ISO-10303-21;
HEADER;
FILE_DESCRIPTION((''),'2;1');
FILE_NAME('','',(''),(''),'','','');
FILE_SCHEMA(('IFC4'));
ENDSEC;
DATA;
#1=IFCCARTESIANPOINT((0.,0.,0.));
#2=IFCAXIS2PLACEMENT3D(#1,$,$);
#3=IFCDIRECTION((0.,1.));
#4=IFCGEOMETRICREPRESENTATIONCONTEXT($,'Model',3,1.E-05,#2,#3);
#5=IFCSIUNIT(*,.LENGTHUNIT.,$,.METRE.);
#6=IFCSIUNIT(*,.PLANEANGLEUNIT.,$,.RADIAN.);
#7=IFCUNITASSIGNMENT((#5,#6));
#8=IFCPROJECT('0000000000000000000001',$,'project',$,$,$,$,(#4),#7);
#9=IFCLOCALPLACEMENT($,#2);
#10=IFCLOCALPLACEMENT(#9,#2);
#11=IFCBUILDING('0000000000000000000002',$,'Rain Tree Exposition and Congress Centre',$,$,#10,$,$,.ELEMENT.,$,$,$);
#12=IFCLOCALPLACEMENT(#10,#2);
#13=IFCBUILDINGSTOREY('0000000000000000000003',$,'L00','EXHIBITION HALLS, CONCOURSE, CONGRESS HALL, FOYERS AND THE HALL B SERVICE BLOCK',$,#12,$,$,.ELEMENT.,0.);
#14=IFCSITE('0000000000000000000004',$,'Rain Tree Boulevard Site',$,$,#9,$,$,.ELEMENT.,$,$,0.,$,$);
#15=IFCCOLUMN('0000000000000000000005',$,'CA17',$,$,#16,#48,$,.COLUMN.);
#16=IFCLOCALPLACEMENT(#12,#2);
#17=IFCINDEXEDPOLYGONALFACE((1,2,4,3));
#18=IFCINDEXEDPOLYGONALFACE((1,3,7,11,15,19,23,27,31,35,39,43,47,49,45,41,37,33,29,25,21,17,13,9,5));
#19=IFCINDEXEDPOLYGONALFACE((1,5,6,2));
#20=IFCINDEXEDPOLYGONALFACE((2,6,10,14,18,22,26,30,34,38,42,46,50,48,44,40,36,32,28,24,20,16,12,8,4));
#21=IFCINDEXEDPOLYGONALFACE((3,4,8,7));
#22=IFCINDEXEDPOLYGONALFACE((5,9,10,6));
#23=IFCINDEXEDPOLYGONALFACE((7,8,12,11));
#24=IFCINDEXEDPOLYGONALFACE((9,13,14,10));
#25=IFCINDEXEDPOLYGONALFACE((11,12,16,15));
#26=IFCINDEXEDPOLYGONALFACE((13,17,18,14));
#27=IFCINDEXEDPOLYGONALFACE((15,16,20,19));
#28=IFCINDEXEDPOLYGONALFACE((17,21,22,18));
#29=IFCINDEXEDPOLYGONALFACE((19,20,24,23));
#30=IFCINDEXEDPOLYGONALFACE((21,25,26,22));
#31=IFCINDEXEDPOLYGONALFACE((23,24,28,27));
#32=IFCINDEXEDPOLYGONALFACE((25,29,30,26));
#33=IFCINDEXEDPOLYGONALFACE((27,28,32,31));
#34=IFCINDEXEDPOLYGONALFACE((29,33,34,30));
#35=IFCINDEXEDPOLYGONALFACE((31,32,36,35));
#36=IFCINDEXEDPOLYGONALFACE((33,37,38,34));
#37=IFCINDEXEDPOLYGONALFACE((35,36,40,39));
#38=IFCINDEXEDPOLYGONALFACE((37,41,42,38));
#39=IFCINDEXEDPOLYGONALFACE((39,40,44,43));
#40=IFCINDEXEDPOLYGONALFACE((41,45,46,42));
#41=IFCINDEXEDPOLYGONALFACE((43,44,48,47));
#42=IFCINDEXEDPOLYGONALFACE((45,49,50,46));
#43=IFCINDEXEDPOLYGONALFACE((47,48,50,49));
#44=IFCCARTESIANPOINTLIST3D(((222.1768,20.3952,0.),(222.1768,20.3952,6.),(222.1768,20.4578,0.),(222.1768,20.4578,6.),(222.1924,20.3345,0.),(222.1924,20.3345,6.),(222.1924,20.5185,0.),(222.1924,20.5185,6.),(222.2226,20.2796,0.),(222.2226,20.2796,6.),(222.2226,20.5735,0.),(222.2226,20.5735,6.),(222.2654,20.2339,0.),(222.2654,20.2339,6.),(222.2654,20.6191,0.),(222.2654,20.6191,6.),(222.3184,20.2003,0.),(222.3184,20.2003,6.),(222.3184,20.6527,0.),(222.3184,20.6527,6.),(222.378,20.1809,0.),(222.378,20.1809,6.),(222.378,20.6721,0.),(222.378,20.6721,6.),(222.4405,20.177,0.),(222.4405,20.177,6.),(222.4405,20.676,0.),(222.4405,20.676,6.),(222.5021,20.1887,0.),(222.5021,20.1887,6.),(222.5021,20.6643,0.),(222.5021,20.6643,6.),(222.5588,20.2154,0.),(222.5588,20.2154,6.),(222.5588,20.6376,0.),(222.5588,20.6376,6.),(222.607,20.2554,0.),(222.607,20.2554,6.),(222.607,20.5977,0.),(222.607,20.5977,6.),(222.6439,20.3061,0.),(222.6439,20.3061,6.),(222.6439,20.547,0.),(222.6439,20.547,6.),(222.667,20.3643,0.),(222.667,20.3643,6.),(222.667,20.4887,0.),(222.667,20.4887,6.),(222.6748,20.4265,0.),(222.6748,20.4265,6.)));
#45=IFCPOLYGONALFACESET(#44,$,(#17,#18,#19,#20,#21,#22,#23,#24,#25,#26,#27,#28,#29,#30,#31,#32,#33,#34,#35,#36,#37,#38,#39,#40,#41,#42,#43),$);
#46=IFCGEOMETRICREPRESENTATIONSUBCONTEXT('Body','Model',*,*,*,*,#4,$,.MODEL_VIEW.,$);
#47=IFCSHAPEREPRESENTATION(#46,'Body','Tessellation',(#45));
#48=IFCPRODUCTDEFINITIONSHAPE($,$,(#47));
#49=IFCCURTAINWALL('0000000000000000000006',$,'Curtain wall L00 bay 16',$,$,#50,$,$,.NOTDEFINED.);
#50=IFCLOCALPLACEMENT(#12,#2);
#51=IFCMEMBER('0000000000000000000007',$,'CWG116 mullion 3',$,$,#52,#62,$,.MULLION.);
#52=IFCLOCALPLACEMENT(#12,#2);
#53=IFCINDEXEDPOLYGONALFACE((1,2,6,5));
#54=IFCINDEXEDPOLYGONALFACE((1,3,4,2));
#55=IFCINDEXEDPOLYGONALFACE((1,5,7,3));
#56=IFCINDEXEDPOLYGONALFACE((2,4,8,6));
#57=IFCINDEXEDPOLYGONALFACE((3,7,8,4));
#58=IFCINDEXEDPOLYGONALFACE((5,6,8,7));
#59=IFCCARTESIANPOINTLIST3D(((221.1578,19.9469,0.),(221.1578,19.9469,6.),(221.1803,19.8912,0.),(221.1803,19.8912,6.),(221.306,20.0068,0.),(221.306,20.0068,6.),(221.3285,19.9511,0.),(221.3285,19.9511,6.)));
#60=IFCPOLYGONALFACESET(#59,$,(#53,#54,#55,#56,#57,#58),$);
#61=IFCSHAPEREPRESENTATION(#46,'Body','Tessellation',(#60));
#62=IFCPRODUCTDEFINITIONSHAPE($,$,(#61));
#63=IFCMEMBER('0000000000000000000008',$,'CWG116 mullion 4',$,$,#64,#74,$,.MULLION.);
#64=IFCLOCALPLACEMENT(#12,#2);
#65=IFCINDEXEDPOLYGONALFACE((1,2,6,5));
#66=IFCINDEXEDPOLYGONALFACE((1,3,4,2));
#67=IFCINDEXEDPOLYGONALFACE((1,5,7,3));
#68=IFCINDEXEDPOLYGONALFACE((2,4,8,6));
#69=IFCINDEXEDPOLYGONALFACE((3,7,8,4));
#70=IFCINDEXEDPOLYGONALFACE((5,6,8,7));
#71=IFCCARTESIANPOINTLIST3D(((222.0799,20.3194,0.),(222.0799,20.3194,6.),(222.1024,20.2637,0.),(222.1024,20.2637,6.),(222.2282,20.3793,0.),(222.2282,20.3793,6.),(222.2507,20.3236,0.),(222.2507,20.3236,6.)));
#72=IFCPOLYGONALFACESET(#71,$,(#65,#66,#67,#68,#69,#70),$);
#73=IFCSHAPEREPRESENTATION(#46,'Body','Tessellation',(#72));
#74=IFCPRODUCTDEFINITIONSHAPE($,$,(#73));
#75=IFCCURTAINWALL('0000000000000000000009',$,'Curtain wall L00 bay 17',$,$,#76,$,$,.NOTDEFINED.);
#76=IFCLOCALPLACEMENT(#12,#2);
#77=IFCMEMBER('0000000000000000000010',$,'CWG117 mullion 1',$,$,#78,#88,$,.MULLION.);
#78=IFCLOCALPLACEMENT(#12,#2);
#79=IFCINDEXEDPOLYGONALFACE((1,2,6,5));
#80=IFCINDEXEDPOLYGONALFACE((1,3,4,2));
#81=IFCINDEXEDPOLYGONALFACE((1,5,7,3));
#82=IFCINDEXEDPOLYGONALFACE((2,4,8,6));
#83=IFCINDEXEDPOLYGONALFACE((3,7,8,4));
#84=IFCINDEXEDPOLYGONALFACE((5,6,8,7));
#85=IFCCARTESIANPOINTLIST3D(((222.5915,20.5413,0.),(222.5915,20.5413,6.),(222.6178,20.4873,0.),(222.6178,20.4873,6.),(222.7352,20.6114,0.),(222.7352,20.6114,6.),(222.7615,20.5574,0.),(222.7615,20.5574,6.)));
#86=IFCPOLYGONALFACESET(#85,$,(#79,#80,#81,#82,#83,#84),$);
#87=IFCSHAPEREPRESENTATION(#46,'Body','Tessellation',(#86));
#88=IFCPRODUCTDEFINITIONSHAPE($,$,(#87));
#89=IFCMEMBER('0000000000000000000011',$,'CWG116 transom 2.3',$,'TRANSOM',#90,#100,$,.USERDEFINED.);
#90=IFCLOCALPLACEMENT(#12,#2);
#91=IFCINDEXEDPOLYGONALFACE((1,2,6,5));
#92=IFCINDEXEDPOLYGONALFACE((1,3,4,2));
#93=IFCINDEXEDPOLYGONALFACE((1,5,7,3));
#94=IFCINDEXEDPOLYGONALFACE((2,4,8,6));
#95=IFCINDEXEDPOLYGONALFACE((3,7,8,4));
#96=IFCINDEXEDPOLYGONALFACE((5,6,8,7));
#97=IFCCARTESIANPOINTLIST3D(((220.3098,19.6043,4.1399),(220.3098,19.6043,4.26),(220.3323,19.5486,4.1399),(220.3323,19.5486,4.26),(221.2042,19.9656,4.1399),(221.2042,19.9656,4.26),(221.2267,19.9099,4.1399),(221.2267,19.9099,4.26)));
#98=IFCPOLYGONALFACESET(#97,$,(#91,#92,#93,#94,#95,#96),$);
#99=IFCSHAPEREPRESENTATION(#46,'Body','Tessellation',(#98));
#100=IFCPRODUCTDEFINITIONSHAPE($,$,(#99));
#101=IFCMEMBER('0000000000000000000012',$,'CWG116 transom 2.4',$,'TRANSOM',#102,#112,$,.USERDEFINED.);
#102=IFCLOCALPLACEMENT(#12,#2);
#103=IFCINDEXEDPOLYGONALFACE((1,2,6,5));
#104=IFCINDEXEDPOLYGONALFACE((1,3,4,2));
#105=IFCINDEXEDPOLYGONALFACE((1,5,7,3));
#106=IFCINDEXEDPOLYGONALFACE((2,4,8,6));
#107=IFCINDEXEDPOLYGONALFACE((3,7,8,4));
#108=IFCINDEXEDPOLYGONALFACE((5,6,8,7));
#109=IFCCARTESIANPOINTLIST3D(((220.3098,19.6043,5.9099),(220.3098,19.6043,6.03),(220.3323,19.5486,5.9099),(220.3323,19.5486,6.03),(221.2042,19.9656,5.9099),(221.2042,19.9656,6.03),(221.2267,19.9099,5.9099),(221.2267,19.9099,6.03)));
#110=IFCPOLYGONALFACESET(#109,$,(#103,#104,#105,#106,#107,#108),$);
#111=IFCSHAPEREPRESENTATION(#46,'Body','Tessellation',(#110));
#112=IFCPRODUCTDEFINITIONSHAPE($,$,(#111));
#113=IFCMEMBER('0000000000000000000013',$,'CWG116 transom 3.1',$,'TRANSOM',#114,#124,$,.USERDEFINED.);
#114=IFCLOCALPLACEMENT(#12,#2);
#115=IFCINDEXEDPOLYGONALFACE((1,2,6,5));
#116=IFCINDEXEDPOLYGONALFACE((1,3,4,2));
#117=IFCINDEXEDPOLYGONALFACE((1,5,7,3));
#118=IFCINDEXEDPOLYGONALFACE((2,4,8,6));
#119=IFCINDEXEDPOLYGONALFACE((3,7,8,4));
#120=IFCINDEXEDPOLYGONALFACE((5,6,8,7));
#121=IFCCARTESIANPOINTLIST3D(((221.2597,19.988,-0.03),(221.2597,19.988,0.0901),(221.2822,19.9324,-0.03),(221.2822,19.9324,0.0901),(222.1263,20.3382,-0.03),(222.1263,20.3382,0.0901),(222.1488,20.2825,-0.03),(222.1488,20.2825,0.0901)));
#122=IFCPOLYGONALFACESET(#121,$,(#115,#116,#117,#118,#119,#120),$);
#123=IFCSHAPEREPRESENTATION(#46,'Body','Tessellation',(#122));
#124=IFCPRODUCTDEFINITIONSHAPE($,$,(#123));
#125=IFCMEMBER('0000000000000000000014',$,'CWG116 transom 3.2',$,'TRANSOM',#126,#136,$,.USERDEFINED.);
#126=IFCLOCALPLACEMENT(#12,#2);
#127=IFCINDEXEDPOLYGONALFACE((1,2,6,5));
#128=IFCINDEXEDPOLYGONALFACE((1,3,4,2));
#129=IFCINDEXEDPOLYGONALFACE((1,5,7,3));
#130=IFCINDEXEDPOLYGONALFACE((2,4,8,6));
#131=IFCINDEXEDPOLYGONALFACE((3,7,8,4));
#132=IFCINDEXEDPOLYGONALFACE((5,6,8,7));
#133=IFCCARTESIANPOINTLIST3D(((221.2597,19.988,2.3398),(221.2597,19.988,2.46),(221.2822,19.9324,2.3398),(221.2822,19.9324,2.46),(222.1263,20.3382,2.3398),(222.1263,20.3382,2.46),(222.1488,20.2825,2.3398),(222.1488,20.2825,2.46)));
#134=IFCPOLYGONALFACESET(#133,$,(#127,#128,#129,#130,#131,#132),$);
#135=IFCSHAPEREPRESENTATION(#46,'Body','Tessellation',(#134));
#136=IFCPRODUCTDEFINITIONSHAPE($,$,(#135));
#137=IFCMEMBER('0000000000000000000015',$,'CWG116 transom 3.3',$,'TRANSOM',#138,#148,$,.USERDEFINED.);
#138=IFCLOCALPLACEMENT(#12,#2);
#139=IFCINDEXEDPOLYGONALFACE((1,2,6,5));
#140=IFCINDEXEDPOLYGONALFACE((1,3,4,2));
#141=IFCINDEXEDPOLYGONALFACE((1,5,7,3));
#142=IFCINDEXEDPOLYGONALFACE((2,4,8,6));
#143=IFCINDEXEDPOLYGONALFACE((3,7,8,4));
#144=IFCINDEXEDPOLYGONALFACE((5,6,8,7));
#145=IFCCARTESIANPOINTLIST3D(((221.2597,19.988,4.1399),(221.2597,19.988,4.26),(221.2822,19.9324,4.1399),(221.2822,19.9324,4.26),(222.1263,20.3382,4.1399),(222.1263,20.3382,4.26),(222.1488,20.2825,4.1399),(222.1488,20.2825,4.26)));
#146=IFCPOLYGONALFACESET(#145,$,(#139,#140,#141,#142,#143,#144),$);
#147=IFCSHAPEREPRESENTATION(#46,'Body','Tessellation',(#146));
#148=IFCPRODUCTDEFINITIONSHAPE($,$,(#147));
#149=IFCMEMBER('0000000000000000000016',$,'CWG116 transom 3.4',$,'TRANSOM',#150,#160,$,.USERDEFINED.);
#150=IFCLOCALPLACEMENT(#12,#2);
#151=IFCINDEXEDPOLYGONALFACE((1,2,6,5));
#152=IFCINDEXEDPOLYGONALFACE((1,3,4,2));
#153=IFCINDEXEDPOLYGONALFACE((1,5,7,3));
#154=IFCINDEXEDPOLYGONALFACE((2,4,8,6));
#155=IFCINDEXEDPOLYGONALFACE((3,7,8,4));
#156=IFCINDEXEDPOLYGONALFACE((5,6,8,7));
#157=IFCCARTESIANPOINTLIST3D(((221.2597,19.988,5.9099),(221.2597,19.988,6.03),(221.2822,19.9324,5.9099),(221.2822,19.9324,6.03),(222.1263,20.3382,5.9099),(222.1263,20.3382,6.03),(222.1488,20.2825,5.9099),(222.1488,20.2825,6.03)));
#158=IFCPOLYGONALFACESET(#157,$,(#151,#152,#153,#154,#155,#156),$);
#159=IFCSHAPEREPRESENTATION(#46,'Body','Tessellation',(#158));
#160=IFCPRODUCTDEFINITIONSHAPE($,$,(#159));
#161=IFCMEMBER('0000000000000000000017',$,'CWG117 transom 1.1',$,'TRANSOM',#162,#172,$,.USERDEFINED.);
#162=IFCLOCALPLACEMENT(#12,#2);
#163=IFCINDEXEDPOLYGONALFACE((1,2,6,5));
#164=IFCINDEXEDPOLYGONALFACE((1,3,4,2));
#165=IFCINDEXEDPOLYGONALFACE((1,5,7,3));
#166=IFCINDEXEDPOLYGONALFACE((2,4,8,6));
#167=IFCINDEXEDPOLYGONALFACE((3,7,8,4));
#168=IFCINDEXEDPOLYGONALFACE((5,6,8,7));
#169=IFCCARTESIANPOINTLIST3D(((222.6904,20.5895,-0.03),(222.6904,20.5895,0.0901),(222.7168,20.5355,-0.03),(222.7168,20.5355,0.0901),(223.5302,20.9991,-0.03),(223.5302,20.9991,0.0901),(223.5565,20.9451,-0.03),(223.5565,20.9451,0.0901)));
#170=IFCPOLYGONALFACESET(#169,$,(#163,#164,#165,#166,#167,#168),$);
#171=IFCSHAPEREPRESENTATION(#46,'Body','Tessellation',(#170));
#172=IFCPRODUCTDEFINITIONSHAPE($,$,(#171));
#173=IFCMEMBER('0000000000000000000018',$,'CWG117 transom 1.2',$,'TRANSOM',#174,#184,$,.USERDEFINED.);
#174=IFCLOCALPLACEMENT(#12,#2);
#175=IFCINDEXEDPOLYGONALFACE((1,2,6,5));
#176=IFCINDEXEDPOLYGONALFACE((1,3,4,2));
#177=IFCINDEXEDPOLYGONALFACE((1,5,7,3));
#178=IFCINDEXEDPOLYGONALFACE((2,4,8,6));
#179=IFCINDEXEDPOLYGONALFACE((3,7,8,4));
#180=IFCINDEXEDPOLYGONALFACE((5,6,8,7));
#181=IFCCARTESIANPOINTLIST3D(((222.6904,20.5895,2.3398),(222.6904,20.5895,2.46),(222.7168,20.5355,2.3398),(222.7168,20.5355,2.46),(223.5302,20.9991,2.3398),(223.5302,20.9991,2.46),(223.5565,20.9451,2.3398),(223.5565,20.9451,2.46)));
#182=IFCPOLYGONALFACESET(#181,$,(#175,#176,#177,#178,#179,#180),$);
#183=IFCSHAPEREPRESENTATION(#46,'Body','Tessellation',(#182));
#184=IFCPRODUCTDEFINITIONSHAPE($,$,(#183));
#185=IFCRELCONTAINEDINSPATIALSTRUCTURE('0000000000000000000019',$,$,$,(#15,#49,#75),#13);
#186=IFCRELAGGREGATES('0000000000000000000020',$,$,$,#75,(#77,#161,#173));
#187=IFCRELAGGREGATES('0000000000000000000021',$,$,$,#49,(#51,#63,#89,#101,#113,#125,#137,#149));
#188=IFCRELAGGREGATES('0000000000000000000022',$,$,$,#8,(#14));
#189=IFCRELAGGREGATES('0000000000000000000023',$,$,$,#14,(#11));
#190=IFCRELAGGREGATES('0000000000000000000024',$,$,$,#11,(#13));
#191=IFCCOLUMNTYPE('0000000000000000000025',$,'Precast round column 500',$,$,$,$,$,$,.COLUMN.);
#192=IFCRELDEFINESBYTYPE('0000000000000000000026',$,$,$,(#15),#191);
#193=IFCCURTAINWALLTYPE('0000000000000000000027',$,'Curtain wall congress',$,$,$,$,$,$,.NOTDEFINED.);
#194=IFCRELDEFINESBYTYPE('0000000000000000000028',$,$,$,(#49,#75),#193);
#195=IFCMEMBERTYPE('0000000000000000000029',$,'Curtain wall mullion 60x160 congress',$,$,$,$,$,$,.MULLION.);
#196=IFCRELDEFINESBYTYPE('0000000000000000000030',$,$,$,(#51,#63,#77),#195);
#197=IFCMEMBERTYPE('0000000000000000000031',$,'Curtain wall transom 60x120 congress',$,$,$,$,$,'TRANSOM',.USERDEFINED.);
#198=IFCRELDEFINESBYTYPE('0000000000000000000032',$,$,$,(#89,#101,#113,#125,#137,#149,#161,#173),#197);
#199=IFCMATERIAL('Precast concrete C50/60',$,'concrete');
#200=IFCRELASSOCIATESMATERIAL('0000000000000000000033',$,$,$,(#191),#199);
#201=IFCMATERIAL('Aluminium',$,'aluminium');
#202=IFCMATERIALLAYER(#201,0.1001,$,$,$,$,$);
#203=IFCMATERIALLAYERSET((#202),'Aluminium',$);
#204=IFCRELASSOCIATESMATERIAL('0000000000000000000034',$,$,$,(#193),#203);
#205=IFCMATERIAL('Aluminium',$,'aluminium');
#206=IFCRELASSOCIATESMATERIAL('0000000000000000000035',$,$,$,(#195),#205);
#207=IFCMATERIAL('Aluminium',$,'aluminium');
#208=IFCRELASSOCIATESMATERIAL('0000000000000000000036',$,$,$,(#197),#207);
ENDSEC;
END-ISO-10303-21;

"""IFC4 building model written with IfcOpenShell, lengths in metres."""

from ifc_helpers import new_model, si_unit, direction, frame, origin, origin_2d, place, context, subcontext, project, spatial, rectangle, circle, extrude, material, layer, layer_set, material_profile, profile_set, type_object, element, aggregate, save


model = new_model("IFC4")

# Units and contexts
model_context = context("Model", 3, precision=1e-05, world=origin(), true_north=direction((0.0, 1.0)))
body_context = subcontext(model_context, "Body", "Model", "MODEL_VIEW")
ifc_project = project(units=[si_unit("LENGTHUNIT", "METRE"), si_unit("PLANEANGLEUNIT", "RADIAN")], contexts=[model_context])

# Site, building, storey
site_placement = place(None, origin())
site = spatial("IfcSite", under=ifc_project, at=site_placement, Name="Rain Tree Boulevard Site", CompositionType="ELEMENT", RefElevation=0.0)
building_placement = place(site_placement, origin())
building = spatial("IfcBuilding", under=site, at=building_placement, Name="Rain Tree Exposition and Congress Centre", CompositionType="ELEMENT")
storey_placement = place(building_placement, origin())
storey = spatial("IfcBuildingStorey", under=building, at=storey_placement, Name="L00", Description="EXHIBITION HALLS, CONCOURSE, CONGRESS HALL, FOYERS AND THE HALL B SERVICE BLOCK", CompositionType="ELEMENT", Elevation=0.0)

# Column
ifc_material_1 = material(Name="Precast concrete C50/60", Category="concrete")
ifc_material_profile_1 = material_profile(ifc_material_1, circle(Radius=0.25, at=origin_2d()), Name="RC D500")
ifc_profile_set_1 = profile_set([ifc_material_profile_1], Name="Precast concrete C50/60")
column_type = type_object("IfcColumnType", Name="Precast round column 500", PredefinedType="COLUMN", material=ifc_profile_set_1)
column_placement = place(storey_placement, frame((222.4248, 20.4265, 0.0), z_axis=(0.0, 0.0, 1.0), x_axis=(1.0, 0.0, 0.0)))
element("IfcColumn", 1, at=column_placement, inside=storey, type_object=column_type, Name="CA17", PredefinedType="COLUMN", context=body_context, shape_type="SweptSolid", body=[
    extrude(circle(Radius=0.25, at=origin_2d()), origin(), (0.0, 0.0, 1.0), 6.0),
])

# Curtain wall, members
ifc_material_2 = material(Name="Aluminium", Category="aluminium")
ifc_layer_1 = layer(ifc_material_2, 0.1001)
ifc_layer_set_1 = layer_set([ifc_layer_1], Name="Aluminium")
curtain_wall_type = type_object("IfcCurtainWallType", Name="Curtain wall congress", PredefinedType="NOTDEFINED", material=ifc_layer_set_1)
curtain_wall_1_placement = place(storey_placement, origin())
curtain_wall_1 = element("IfcCurtainWall", 2, at=curtain_wall_1_placement, inside=storey, type_object=curtain_wall_type, Name="Curtain wall L00 bay 16", PredefinedType="NOTDEFINED")
ifc_material_3 = material(Name="Aluminium", Category="aluminium")
ifc_material_profile_2 = material_profile(ifc_material_3, rectangle(XDim=0.0601, YDim=0.1599, at=origin_2d()), Name="AL 60x160")
ifc_profile_set_2 = profile_set([ifc_material_profile_2], Name="Aluminium")
member_type_1 = type_object("IfcMemberType", Name="Curtain wall mullion 60x160 congress", PredefinedType="MULLION", material=ifc_profile_set_2)
member_1_placement = place(storey_placement, frame((221.2432, 19.949, 0.0), z_axis=(0.0, 0.0, 1.0), x_axis=(-0.374597, 0.927188, 0.0)))
member_1 = element("IfcMember", 3, at=member_1_placement, type_object=member_type_1, Name="CWG116 mullion 3", PredefinedType="MULLION", context=body_context, shape_type="SweptSolid", body=[
    extrude(rectangle(XDim=0.0601, YDim=0.1599, at=origin_2d()), origin(), (0.0, 0.0, 1.0), 6.0),
])
member_2_placement = place(storey_placement, frame((222.1653, 20.3215, 0.0), z_axis=(0.0, 0.0, 1.0), x_axis=(-0.374597, 0.927188, 0.0)))
member_2 = element("IfcMember", 4, at=member_2_placement, type_object=member_type_1, Name="CWG116 mullion 4", PredefinedType="MULLION", context=body_context, shape_type="SweptSolid", body=[
    extrude(rectangle(XDim=0.0601, YDim=0.1599, at=origin_2d()), origin(), (0.0, 0.0, 1.0), 6.0),
])

# Curtain wall, member
curtain_wall_2_placement = place(storey_placement, origin())
curtain_wall_2 = element("IfcCurtainWall", 5, at=curtain_wall_2_placement, inside=storey, type_object=curtain_wall_type, Name="Curtain wall L00 bay 17", PredefinedType="NOTDEFINED")
member_3_placement = place(storey_placement, frame((222.6765, 20.5493, 0.0), z_axis=(0.0, 0.0, 1.0), x_axis=(-0.438369, 0.898795, 0.0)))
member_3 = element("IfcMember", 6, at=member_3_placement, type_object=member_type_1, Name="CWG117 mullion 1", PredefinedType="MULLION", context=body_context, shape_type="SweptSolid", body=[
    extrude(rectangle(XDim=0.0601, YDim=0.1599, at=origin_2d()), origin(), (0.0, 0.0, 1.0), 6.0),
])

# Members
ifc_material_4 = material(Name="Aluminium", Category="aluminium")
ifc_material_profile_3 = material_profile(ifc_material_4, rectangle(XDim=0.0601, YDim=0.1201, at=origin_2d()), Name="AL 60x120")
ifc_profile_set_3 = profile_set([ifc_material_profile_3], Name="Aluminium")
member_type_2 = type_object("IfcMemberType", Name="Curtain wall transom 60x120 congress", ElementType="TRANSOM", PredefinedType="USERDEFINED", material=ifc_profile_set_3)
member_4_placement = place(storey_placement, frame((220.321, 19.5764, 4.2), z_axis=(0.927179, 0.374618, 0.0), x_axis=(-0.374618, 0.927179, 0.0)))
member_4 = element("IfcMember", 7, at=member_4_placement, type_object=member_type_2, Name="CWG116 transom 2.3", ObjectType="TRANSOM", PredefinedType="USERDEFINED", context=body_context, shape_type="SweptSolid", body=[
    extrude(rectangle(XDim=0.0601, YDim=0.1201, at=origin_2d()), origin(), (0.0, 0.0, 1.0), 0.9646),
])
member_5_placement = place(storey_placement, frame((220.321, 19.5764, 5.97), z_axis=(0.927179, 0.374618, 0.0), x_axis=(-0.374618, 0.927179, 0.0)))
member_5 = element("IfcMember", 8, at=member_5_placement, type_object=member_type_2, Name="CWG116 transom 2.4", ObjectType="TRANSOM", PredefinedType="USERDEFINED", context=body_context, shape_type="SweptSolid", body=[
    extrude(rectangle(XDim=0.0601, YDim=0.1201, at=origin_2d()), origin(), (0.0, 0.0, 1.0), 0.9646),
])
member_6_placement = place(storey_placement, frame((221.271, 19.9602, 0.03), z_axis=(0.927174, 0.374632, 0.0), x_axis=(-0.374632, 0.927174, 0.0)))
member_6 = element("IfcMember", 9, at=member_6_placement, type_object=member_type_2, Name="CWG116 transom 3.1", ObjectType="TRANSOM", PredefinedType="USERDEFINED", context=body_context, shape_type="SweptSolid", body=[
    extrude(rectangle(XDim=0.0601, YDim=0.1201, at=origin_2d()), origin(), (0.0, 0.0, 1.0), 0.9346),
])
member_7_placement = place(storey_placement, frame((221.271, 19.9602, 2.3999), z_axis=(0.927174, 0.374632, 0.0), x_axis=(-0.374632, 0.927174, 0.0)))
member_7 = element("IfcMember", 10, at=member_7_placement, type_object=member_type_2, Name="CWG116 transom 3.2", ObjectType="TRANSOM", PredefinedType="USERDEFINED", context=body_context, shape_type="SweptSolid", body=[
    extrude(rectangle(XDim=0.0601, YDim=0.1201, at=origin_2d()), origin(), (0.0, 0.0, 1.0), 0.9346),
])
member_8_placement = place(storey_placement, frame((221.271, 19.9602, 4.2), z_axis=(0.927174, 0.374632, 0.0), x_axis=(-0.374632, 0.927174, 0.0)))
member_8 = element("IfcMember", 11, at=member_8_placement, type_object=member_type_2, Name="CWG116 transom 3.3", ObjectType="TRANSOM", PredefinedType="USERDEFINED", context=body_context, shape_type="SweptSolid", body=[
    extrude(rectangle(XDim=0.0601, YDim=0.1201, at=origin_2d()), origin(), (0.0, 0.0, 1.0), 0.9346),
])
member_9_placement = place(storey_placement, frame((221.271, 19.9602, 5.97), z_axis=(0.927174, 0.374632, 0.0), x_axis=(-0.374632, 0.927174, 0.0)))
member_9 = element("IfcMember", 12, at=member_9_placement, type_object=member_type_2, Name="CWG116 transom 3.4", ObjectType="TRANSOM", PredefinedType="USERDEFINED", context=body_context, shape_type="SweptSolid", body=[
    extrude(rectangle(XDim=0.0601, YDim=0.1201, at=origin_2d()), origin(), (0.0, 0.0, 1.0), 0.9346),
])
member_10_placement = place(storey_placement, frame((222.7036, 20.5625, 0.03), z_axis=(0.898773, 0.438413, 0.0), x_axis=(-0.438413, 0.898773, 0.0)))
member_10 = element("IfcMember", 13, at=member_10_placement, type_object=member_type_2, Name="CWG117 transom 1.1", ObjectType="TRANSOM", PredefinedType="USERDEFINED", context=body_context, shape_type="SweptSolid", body=[
    extrude(rectangle(XDim=0.0601, YDim=0.1201, at=origin_2d()), origin(), (0.0, 0.0, 1.0), 0.9343),
])
member_11_placement = place(storey_placement, frame((222.7036, 20.5625, 2.3999), z_axis=(0.898773, 0.438413, 0.0), x_axis=(-0.438413, 0.898773, 0.0)))
member_11 = element("IfcMember", 14, at=member_11_placement, type_object=member_type_2, Name="CWG117 transom 1.2", ObjectType="TRANSOM", PredefinedType="USERDEFINED", context=body_context, shape_type="SweptSolid", body=[
    extrude(rectangle(XDim=0.0601, YDim=0.1201, at=origin_2d()), origin(), (0.0, 0.0, 1.0), 0.9343),
])
aggregate(curtain_wall_2, [member_3, member_10, member_11])

aggregate(curtain_wall_1, [member_1, member_2, member_4, member_5, member_6, member_7, member_8, member_9])

save(model, "model.ifc")
